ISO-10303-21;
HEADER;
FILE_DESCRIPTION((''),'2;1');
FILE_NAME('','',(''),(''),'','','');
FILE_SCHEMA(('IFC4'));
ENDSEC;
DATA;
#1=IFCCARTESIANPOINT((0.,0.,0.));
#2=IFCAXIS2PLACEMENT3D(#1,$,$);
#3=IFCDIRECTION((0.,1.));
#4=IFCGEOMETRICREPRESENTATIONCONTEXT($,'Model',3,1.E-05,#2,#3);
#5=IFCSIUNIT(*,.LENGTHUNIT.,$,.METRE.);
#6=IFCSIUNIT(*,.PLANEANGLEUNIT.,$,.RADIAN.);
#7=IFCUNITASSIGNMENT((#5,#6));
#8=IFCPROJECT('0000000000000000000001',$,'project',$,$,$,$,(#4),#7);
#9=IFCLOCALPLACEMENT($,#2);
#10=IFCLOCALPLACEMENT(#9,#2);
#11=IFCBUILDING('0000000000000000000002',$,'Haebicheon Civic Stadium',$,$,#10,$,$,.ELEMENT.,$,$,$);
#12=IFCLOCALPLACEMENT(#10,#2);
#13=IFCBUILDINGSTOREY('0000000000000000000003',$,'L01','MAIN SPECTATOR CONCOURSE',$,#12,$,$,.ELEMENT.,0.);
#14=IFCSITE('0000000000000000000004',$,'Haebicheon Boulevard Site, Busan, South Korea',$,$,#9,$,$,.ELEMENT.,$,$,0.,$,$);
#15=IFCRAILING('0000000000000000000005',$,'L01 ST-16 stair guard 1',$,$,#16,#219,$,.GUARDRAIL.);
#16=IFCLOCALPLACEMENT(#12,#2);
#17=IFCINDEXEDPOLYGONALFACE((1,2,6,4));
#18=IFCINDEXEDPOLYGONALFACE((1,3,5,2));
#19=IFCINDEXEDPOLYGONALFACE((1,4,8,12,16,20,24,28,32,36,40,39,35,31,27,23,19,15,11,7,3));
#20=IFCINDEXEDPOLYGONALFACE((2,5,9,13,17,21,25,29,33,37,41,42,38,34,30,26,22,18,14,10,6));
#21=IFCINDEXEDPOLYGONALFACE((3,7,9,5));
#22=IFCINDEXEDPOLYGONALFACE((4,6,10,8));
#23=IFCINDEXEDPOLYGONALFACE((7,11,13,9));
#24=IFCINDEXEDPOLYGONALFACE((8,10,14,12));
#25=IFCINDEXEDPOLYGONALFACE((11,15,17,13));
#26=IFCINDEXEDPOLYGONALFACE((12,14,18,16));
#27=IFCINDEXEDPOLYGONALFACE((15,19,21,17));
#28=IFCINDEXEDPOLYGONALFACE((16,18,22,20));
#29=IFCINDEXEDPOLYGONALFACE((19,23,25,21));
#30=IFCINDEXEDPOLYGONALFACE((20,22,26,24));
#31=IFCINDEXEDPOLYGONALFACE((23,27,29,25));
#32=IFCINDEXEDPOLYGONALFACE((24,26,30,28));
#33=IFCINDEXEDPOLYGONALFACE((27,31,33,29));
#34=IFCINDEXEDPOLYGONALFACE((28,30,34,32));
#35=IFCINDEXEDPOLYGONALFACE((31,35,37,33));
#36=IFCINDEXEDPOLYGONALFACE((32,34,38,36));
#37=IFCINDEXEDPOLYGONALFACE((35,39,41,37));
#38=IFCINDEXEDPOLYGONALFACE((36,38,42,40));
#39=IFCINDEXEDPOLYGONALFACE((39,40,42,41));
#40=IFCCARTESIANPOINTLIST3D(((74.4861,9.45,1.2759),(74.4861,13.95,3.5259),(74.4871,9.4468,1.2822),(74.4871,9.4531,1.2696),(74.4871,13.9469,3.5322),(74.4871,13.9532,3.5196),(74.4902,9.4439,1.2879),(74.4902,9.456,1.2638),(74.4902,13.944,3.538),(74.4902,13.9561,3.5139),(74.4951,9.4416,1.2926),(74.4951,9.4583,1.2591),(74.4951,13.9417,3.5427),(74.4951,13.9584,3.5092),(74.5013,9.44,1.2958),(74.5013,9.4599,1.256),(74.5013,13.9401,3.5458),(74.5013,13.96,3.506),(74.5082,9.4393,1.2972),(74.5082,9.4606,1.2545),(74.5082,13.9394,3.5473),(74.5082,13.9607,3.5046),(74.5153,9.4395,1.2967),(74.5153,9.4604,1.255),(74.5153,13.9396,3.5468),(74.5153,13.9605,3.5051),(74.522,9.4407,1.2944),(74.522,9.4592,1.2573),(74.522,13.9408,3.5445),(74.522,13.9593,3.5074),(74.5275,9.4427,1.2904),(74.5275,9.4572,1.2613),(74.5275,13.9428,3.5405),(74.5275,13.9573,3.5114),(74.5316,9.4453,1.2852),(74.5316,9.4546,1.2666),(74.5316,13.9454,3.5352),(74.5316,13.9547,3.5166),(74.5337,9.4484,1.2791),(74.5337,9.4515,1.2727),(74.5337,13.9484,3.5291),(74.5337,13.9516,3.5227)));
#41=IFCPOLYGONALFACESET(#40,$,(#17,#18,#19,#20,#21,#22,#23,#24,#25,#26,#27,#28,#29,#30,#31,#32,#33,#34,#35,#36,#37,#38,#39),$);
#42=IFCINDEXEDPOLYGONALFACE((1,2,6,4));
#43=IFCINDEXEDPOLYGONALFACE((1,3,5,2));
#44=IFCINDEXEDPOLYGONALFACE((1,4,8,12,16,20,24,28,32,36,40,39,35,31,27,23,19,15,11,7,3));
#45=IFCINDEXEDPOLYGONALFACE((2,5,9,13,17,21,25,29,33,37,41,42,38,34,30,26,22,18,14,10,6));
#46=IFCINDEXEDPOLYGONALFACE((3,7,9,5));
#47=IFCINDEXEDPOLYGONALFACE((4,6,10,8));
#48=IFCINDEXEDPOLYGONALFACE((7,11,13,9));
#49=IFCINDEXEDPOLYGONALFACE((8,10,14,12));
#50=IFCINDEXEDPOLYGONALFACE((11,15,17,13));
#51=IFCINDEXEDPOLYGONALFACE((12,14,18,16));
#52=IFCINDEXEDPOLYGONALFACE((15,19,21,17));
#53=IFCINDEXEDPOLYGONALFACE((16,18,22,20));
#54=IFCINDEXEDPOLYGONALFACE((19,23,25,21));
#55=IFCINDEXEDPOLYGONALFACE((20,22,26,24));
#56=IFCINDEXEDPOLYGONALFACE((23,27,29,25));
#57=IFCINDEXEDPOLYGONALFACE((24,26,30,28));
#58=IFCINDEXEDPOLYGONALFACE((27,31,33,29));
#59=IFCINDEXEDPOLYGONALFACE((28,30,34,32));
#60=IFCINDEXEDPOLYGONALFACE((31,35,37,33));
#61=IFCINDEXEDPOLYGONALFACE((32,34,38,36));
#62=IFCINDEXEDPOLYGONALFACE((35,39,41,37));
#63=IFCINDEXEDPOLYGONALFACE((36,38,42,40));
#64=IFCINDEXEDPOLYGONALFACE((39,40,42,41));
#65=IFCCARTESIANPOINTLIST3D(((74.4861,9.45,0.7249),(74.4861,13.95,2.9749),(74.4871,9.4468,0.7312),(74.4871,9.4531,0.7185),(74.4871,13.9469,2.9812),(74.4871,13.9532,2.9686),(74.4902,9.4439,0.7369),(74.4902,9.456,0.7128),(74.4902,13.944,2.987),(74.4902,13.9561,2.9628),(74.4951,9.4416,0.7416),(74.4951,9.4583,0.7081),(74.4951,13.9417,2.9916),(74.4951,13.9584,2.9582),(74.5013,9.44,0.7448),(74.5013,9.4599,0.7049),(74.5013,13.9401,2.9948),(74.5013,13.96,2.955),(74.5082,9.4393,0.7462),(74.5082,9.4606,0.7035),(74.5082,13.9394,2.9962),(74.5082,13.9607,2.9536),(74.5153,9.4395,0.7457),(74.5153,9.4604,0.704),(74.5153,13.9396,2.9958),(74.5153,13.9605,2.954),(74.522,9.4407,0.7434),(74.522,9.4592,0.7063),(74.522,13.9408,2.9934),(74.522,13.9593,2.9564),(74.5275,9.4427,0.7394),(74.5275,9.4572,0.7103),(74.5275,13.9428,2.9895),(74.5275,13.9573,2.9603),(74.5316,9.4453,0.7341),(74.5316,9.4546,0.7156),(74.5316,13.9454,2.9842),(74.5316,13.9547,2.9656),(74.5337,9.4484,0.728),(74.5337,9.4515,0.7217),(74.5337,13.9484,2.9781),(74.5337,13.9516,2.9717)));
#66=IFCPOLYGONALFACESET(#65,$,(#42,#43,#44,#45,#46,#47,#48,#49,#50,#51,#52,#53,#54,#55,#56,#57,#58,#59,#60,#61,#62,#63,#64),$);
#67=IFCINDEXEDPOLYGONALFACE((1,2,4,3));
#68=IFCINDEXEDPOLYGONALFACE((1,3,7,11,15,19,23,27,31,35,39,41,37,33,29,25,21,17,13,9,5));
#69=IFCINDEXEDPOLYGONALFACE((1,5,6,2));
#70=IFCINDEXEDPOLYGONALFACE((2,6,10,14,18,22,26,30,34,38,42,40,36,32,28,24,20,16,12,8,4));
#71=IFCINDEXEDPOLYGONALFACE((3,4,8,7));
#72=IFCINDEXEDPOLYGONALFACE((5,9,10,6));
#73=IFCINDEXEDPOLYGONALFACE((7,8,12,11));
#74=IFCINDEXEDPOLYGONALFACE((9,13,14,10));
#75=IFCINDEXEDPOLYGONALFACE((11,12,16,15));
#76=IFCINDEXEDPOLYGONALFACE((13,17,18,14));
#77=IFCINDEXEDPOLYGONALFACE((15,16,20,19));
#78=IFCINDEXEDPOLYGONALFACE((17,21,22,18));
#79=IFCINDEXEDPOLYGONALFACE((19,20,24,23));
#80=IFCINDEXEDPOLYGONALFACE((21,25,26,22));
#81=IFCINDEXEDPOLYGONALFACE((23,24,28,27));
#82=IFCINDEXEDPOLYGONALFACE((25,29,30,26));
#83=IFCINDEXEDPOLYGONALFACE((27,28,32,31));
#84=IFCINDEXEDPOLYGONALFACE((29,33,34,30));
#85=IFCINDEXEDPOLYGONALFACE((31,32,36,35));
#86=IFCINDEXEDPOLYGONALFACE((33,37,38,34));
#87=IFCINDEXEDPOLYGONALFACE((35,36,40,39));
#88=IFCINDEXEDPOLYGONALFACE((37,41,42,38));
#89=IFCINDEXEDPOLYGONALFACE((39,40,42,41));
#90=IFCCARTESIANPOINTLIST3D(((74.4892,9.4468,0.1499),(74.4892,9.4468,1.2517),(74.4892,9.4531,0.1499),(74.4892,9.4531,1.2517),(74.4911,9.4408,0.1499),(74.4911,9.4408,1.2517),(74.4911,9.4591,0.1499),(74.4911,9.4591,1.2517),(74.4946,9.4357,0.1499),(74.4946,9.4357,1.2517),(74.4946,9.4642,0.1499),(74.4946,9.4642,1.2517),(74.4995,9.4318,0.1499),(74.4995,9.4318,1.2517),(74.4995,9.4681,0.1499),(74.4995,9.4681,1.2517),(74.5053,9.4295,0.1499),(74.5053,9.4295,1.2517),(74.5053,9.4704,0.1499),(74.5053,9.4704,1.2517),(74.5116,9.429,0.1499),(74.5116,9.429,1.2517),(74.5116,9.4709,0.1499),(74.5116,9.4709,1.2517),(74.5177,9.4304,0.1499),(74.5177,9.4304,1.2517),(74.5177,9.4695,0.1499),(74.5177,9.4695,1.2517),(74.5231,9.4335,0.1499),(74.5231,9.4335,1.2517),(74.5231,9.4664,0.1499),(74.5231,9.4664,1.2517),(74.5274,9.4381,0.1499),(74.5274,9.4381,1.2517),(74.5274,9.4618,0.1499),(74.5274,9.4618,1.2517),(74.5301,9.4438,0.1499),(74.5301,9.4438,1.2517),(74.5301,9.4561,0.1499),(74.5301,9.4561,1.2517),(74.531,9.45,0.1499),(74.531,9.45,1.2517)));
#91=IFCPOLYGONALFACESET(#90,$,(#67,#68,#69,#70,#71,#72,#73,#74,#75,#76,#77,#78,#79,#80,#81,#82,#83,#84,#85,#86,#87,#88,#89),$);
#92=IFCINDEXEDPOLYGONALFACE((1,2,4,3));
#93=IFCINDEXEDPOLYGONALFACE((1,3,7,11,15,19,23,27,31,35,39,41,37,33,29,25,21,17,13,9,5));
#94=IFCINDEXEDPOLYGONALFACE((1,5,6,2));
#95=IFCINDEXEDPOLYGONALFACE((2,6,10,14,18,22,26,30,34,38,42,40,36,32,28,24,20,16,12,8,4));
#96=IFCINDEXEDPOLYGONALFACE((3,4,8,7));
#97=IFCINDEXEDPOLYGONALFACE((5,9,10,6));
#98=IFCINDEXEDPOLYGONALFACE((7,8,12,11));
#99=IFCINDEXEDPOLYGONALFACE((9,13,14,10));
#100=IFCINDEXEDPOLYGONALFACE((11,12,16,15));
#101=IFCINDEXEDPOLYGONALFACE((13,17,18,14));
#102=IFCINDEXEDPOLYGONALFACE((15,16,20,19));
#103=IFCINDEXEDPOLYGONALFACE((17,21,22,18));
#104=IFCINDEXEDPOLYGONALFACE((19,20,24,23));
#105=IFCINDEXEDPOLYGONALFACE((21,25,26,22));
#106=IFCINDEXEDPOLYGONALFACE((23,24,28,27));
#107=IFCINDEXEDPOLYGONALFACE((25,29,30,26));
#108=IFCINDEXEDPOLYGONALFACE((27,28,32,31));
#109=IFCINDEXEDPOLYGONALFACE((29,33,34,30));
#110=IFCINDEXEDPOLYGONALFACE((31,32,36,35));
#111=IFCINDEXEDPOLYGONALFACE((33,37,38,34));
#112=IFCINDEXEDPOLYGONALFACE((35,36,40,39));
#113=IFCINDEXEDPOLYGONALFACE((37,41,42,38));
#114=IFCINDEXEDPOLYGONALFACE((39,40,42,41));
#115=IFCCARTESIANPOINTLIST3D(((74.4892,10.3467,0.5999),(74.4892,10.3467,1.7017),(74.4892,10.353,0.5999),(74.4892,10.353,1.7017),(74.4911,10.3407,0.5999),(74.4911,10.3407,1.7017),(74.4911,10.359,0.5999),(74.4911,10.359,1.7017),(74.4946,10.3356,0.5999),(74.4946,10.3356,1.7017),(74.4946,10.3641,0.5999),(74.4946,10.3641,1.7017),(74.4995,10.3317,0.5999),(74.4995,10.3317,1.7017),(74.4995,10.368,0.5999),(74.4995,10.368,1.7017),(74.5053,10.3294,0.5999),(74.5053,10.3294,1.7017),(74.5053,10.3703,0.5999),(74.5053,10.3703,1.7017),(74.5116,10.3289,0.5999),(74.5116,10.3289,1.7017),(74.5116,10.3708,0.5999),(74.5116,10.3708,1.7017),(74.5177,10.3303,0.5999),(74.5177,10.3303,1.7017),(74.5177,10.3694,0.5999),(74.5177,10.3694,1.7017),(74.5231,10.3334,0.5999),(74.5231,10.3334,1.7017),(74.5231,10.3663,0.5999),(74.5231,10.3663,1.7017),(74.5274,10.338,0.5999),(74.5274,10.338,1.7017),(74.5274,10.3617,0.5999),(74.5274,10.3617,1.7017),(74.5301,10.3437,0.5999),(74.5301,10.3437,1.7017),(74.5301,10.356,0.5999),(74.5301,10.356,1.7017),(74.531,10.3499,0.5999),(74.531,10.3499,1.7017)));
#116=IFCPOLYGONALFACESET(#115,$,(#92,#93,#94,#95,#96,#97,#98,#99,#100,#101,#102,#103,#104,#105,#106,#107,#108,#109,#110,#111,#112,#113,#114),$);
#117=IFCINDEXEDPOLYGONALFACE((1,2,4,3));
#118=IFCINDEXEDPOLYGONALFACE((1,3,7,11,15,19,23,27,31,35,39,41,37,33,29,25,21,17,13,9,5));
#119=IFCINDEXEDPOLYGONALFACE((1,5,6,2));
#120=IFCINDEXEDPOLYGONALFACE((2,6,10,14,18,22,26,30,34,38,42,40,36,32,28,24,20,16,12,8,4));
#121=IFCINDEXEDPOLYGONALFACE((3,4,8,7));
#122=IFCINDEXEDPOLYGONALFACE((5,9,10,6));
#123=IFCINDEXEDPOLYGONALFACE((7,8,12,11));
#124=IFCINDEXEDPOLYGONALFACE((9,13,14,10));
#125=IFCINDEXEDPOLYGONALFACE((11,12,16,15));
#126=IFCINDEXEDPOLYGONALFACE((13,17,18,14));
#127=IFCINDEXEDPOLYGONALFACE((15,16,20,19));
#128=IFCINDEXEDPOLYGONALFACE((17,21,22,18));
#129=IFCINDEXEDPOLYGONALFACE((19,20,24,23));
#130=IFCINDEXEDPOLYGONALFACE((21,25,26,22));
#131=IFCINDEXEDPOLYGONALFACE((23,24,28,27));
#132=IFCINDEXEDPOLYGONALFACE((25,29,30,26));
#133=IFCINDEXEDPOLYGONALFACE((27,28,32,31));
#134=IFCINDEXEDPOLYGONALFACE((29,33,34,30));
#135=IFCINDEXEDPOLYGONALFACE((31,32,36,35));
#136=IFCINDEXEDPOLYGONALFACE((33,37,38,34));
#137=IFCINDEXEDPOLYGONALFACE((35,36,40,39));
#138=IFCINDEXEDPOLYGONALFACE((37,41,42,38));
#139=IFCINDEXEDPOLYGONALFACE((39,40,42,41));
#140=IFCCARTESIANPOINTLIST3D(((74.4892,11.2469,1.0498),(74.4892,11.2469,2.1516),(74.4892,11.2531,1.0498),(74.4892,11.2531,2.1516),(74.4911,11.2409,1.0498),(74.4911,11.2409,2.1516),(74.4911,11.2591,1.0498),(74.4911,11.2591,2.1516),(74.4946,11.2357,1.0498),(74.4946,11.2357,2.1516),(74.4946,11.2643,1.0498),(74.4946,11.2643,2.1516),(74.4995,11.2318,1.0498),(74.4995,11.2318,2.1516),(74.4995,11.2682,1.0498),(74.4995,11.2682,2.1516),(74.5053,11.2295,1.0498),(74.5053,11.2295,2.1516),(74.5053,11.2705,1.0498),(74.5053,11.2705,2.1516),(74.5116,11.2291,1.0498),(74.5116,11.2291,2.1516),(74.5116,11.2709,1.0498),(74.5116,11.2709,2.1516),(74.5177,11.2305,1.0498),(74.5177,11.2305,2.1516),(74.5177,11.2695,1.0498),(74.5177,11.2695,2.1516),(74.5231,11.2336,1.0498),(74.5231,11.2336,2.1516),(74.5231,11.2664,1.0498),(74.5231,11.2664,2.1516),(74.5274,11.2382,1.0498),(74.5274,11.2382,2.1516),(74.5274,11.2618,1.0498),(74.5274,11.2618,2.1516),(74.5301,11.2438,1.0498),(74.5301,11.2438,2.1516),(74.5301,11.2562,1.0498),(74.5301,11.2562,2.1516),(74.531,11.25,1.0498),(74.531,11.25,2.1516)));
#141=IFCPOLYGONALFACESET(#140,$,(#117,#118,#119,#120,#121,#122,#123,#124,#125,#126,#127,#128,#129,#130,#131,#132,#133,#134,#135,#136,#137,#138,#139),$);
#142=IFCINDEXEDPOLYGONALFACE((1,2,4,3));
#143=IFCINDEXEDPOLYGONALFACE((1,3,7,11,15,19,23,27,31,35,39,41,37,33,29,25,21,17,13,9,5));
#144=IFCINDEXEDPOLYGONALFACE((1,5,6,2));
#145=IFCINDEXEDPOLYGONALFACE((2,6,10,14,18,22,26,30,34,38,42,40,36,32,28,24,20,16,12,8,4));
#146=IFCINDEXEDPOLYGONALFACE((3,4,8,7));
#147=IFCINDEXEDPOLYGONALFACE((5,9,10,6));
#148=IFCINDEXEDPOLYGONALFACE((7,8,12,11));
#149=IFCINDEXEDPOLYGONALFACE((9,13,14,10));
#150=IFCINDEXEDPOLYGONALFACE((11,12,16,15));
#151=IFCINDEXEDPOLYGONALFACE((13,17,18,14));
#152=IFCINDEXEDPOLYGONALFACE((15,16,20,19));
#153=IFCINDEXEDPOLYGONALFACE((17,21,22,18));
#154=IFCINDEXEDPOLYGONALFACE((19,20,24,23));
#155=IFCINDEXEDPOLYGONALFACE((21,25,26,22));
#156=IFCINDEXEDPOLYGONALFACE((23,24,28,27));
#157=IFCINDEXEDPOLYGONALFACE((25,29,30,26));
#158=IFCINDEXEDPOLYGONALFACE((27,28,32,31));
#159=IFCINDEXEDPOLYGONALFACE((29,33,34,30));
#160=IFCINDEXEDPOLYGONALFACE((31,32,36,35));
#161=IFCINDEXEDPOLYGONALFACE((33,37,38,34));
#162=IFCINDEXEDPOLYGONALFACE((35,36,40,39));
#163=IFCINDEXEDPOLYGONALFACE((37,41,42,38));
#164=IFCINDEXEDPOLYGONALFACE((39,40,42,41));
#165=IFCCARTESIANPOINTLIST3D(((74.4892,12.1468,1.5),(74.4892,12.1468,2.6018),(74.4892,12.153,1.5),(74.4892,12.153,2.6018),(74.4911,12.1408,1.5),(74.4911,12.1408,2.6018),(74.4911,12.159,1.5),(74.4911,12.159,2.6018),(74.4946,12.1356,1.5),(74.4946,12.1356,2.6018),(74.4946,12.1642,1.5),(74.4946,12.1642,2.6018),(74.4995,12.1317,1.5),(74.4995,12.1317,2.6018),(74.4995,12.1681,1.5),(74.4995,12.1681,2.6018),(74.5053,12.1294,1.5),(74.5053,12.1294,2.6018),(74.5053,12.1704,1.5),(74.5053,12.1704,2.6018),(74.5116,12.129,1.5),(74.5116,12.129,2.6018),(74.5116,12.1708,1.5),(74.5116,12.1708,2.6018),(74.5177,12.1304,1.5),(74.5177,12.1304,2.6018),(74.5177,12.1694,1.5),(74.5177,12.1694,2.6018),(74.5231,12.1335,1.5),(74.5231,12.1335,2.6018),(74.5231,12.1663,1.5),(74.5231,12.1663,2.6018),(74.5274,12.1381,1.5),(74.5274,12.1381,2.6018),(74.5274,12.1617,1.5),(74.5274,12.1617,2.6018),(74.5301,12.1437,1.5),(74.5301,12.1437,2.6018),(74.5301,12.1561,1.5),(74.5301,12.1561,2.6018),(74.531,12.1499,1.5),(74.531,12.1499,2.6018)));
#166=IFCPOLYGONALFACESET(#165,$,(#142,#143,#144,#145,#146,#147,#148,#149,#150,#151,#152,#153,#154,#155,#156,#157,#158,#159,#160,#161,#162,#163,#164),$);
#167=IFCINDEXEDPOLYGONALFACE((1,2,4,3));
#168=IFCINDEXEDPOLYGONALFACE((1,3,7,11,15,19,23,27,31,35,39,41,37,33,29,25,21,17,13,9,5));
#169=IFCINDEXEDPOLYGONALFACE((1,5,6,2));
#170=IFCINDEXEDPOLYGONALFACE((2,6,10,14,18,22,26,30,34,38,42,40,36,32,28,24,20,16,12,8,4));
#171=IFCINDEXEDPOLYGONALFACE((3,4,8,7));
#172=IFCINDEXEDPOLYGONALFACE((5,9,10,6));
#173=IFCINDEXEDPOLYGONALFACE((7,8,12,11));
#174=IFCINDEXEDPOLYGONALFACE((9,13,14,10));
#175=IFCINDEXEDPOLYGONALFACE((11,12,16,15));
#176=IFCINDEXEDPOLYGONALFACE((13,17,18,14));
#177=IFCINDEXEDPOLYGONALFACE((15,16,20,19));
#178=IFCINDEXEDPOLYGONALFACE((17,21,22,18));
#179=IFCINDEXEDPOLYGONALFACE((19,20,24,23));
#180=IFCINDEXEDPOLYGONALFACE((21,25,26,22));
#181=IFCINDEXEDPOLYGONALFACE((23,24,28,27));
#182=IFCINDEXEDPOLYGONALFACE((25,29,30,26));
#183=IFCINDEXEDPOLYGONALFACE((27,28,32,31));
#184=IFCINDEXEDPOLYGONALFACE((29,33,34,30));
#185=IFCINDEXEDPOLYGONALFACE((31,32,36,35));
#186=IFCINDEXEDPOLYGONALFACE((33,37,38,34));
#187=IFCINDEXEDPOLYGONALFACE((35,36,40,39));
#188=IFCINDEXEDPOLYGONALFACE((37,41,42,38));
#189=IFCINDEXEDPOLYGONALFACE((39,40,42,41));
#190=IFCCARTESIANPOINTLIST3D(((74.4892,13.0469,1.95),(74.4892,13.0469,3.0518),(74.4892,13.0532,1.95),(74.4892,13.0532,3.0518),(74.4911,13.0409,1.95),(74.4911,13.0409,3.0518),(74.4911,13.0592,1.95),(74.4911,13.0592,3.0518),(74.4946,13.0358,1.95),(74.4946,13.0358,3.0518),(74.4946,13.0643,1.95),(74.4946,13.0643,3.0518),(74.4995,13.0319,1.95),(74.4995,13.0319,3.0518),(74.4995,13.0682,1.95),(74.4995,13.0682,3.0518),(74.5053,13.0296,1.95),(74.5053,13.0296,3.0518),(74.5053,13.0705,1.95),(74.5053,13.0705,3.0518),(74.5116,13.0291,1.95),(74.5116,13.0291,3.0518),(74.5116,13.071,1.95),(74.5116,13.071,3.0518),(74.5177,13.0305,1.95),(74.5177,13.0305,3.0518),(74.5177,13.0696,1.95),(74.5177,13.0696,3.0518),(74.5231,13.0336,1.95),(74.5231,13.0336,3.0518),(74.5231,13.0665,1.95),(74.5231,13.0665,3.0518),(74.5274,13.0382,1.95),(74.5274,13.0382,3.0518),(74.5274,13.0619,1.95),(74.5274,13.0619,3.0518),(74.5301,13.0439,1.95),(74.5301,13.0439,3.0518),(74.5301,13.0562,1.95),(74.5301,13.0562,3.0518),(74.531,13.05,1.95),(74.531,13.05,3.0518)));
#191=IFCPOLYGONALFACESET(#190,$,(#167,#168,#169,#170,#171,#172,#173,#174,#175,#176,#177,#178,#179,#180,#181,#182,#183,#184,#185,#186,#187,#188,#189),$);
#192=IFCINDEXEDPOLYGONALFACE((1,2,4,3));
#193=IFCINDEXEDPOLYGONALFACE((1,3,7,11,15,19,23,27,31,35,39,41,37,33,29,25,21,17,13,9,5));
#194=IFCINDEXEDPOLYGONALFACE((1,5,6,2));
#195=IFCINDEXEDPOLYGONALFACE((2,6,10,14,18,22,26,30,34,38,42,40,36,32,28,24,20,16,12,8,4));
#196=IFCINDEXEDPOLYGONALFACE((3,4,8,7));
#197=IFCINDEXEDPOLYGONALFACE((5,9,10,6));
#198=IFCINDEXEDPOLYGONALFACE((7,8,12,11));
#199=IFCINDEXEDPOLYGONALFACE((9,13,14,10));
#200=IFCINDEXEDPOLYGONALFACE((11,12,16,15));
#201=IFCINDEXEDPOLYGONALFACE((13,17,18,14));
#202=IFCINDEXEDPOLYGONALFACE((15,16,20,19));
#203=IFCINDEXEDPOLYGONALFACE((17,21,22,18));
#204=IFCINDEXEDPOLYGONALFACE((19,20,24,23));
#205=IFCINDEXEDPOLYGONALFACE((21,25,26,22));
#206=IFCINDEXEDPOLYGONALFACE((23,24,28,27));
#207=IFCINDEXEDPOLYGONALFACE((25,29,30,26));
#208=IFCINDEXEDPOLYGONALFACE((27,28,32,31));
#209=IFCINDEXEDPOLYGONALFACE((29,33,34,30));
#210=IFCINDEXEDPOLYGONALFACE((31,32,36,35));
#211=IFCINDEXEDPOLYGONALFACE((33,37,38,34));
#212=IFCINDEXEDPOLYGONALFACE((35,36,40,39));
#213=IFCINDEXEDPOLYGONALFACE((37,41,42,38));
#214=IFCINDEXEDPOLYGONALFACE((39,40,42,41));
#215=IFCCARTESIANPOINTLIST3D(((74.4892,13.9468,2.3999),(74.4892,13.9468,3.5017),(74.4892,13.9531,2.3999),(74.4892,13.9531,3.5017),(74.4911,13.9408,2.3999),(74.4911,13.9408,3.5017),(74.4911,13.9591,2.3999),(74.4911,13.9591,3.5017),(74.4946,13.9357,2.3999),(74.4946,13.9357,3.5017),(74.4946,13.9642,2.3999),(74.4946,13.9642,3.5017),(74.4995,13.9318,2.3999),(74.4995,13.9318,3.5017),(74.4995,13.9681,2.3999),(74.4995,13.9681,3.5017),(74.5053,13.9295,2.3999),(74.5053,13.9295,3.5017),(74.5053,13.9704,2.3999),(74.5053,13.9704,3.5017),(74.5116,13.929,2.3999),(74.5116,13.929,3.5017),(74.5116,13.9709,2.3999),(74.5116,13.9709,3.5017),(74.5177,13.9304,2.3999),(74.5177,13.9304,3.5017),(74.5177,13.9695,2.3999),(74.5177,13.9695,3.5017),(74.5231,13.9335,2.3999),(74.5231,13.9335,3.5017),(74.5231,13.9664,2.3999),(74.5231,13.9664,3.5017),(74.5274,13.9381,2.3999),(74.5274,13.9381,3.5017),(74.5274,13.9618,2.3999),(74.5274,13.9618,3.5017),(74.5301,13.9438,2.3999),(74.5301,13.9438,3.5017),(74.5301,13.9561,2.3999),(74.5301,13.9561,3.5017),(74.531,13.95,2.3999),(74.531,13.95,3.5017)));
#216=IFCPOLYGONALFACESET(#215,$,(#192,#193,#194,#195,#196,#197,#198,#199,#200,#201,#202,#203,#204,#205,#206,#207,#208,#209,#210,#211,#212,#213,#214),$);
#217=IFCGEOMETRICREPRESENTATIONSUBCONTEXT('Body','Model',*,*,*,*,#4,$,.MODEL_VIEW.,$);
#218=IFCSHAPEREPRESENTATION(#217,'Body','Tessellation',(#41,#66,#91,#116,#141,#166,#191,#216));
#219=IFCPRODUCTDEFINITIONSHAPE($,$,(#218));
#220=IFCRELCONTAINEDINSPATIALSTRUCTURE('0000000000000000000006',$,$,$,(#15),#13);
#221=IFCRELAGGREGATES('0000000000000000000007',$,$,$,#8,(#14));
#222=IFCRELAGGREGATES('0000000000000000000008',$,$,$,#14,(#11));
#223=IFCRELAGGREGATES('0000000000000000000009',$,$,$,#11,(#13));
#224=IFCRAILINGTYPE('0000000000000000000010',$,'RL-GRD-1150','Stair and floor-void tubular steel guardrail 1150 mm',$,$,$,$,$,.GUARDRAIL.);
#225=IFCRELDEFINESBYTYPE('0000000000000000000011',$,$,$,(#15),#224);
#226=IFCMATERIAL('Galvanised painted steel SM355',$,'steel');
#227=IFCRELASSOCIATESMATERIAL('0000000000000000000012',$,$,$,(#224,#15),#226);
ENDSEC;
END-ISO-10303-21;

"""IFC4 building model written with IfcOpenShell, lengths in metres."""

from ifc_helpers import new_model, si_unit, direction, frame, origin, origin_2d, place, context, subcontext, project, spatial, circle, extrude, material, type_object, element, save


model = new_model("IFC4")

# Units and contexts
model_context = context("Model", 3, precision=1e-05, world=origin(), true_north=direction((0.0, 1.0)))
body_context = subcontext(model_context, "Body", "Model", "MODEL_VIEW")
ifc_project = project(units=[si_unit("LENGTHUNIT", "METRE"), si_unit("PLANEANGLEUNIT", "RADIAN")], contexts=[model_context])

# Site, building, storey
site_placement = place(None, origin())
site = spatial("IfcSite", under=ifc_project, at=site_placement, Name="Haebicheon Boulevard Site, Busan, South Korea", CompositionType="ELEMENT", RefElevation=0.0)
building_placement = place(site_placement, origin())
building = spatial("IfcBuilding", under=site, at=building_placement, Name="Haebicheon Civic Stadium", CompositionType="ELEMENT")
storey_placement = place(building_placement, origin())
storey = spatial("IfcBuildingStorey", under=building, at=storey_placement, Name="L01", Description="MAIN SPECTATOR CONCOURSE", CompositionType="ELEMENT", Elevation=0.0)

# Railing
ifc_material_1 = material(Name="Galvanised painted steel SM355", Category="steel")
railing_type_1 = type_object("IfcRailingType", Name="RL-GRD-1150", Description="Stair and floor-void tubular steel guardrail 1150 mm", PredefinedType="GUARDRAIL", material=ifc_material_1)
railing_1_placement = place(storey_placement, frame((74.51, 9.45, 0.1499)))
element("IfcRailing", 1, at=railing_1_placement, inside=storey, type_object=railing_type_1, material=ifc_material_1, Name="L01 ST-16 stair guard 1", PredefinedType="GUARDRAIL", context=body_context, shape_type="SweptSolid", body=[
    extrude(circle(Radius=0.0239, at=origin_2d()), frame((0.0, 0.0, 1.126), z_axis=(0.0, 0.894427, 0.447214), x_axis=(-1.0, 0.0, 0.0)), (0.0, 0.0, 1.0), 5.0312),
    extrude(circle(Radius=0.0239, at=origin_2d()), frame((0.0, 0.0, 0.575), z_axis=(0.0, 0.894427, 0.447214), x_axis=(-1.0, 0.0, 0.0)), (0.0, 0.0, 1.0), 5.0312),
    extrude(circle(Radius=0.021, at=origin_2d()), origin(), (0.0, 0.0, 1.0), 1.1018),
    extrude(circle(Radius=0.021, at=origin_2d()), frame((0.0, 0.8999, 0.45)), (0.0, 0.0, 1.0), 1.1018),
    extrude(circle(Radius=0.021, at=origin_2d()), frame((0.0, 1.8, 0.8999)), (0.0, 0.0, 1.0), 1.1018),
    extrude(circle(Radius=0.021, at=origin_2d()), frame((0.0, 2.7, 1.3501)), (0.0, 0.0, 1.0), 1.1018),
    extrude(circle(Radius=0.021, at=origin_2d()), frame((0.0, 3.6001, 1.8)), (0.0, 0.0, 1.0), 1.1018),
    extrude(circle(Radius=0.021, at=origin_2d()), frame((0.0, 4.5, 2.25)), (0.0, 0.0, 1.0), 1.1018),
])

save(model, "model.ifc")
